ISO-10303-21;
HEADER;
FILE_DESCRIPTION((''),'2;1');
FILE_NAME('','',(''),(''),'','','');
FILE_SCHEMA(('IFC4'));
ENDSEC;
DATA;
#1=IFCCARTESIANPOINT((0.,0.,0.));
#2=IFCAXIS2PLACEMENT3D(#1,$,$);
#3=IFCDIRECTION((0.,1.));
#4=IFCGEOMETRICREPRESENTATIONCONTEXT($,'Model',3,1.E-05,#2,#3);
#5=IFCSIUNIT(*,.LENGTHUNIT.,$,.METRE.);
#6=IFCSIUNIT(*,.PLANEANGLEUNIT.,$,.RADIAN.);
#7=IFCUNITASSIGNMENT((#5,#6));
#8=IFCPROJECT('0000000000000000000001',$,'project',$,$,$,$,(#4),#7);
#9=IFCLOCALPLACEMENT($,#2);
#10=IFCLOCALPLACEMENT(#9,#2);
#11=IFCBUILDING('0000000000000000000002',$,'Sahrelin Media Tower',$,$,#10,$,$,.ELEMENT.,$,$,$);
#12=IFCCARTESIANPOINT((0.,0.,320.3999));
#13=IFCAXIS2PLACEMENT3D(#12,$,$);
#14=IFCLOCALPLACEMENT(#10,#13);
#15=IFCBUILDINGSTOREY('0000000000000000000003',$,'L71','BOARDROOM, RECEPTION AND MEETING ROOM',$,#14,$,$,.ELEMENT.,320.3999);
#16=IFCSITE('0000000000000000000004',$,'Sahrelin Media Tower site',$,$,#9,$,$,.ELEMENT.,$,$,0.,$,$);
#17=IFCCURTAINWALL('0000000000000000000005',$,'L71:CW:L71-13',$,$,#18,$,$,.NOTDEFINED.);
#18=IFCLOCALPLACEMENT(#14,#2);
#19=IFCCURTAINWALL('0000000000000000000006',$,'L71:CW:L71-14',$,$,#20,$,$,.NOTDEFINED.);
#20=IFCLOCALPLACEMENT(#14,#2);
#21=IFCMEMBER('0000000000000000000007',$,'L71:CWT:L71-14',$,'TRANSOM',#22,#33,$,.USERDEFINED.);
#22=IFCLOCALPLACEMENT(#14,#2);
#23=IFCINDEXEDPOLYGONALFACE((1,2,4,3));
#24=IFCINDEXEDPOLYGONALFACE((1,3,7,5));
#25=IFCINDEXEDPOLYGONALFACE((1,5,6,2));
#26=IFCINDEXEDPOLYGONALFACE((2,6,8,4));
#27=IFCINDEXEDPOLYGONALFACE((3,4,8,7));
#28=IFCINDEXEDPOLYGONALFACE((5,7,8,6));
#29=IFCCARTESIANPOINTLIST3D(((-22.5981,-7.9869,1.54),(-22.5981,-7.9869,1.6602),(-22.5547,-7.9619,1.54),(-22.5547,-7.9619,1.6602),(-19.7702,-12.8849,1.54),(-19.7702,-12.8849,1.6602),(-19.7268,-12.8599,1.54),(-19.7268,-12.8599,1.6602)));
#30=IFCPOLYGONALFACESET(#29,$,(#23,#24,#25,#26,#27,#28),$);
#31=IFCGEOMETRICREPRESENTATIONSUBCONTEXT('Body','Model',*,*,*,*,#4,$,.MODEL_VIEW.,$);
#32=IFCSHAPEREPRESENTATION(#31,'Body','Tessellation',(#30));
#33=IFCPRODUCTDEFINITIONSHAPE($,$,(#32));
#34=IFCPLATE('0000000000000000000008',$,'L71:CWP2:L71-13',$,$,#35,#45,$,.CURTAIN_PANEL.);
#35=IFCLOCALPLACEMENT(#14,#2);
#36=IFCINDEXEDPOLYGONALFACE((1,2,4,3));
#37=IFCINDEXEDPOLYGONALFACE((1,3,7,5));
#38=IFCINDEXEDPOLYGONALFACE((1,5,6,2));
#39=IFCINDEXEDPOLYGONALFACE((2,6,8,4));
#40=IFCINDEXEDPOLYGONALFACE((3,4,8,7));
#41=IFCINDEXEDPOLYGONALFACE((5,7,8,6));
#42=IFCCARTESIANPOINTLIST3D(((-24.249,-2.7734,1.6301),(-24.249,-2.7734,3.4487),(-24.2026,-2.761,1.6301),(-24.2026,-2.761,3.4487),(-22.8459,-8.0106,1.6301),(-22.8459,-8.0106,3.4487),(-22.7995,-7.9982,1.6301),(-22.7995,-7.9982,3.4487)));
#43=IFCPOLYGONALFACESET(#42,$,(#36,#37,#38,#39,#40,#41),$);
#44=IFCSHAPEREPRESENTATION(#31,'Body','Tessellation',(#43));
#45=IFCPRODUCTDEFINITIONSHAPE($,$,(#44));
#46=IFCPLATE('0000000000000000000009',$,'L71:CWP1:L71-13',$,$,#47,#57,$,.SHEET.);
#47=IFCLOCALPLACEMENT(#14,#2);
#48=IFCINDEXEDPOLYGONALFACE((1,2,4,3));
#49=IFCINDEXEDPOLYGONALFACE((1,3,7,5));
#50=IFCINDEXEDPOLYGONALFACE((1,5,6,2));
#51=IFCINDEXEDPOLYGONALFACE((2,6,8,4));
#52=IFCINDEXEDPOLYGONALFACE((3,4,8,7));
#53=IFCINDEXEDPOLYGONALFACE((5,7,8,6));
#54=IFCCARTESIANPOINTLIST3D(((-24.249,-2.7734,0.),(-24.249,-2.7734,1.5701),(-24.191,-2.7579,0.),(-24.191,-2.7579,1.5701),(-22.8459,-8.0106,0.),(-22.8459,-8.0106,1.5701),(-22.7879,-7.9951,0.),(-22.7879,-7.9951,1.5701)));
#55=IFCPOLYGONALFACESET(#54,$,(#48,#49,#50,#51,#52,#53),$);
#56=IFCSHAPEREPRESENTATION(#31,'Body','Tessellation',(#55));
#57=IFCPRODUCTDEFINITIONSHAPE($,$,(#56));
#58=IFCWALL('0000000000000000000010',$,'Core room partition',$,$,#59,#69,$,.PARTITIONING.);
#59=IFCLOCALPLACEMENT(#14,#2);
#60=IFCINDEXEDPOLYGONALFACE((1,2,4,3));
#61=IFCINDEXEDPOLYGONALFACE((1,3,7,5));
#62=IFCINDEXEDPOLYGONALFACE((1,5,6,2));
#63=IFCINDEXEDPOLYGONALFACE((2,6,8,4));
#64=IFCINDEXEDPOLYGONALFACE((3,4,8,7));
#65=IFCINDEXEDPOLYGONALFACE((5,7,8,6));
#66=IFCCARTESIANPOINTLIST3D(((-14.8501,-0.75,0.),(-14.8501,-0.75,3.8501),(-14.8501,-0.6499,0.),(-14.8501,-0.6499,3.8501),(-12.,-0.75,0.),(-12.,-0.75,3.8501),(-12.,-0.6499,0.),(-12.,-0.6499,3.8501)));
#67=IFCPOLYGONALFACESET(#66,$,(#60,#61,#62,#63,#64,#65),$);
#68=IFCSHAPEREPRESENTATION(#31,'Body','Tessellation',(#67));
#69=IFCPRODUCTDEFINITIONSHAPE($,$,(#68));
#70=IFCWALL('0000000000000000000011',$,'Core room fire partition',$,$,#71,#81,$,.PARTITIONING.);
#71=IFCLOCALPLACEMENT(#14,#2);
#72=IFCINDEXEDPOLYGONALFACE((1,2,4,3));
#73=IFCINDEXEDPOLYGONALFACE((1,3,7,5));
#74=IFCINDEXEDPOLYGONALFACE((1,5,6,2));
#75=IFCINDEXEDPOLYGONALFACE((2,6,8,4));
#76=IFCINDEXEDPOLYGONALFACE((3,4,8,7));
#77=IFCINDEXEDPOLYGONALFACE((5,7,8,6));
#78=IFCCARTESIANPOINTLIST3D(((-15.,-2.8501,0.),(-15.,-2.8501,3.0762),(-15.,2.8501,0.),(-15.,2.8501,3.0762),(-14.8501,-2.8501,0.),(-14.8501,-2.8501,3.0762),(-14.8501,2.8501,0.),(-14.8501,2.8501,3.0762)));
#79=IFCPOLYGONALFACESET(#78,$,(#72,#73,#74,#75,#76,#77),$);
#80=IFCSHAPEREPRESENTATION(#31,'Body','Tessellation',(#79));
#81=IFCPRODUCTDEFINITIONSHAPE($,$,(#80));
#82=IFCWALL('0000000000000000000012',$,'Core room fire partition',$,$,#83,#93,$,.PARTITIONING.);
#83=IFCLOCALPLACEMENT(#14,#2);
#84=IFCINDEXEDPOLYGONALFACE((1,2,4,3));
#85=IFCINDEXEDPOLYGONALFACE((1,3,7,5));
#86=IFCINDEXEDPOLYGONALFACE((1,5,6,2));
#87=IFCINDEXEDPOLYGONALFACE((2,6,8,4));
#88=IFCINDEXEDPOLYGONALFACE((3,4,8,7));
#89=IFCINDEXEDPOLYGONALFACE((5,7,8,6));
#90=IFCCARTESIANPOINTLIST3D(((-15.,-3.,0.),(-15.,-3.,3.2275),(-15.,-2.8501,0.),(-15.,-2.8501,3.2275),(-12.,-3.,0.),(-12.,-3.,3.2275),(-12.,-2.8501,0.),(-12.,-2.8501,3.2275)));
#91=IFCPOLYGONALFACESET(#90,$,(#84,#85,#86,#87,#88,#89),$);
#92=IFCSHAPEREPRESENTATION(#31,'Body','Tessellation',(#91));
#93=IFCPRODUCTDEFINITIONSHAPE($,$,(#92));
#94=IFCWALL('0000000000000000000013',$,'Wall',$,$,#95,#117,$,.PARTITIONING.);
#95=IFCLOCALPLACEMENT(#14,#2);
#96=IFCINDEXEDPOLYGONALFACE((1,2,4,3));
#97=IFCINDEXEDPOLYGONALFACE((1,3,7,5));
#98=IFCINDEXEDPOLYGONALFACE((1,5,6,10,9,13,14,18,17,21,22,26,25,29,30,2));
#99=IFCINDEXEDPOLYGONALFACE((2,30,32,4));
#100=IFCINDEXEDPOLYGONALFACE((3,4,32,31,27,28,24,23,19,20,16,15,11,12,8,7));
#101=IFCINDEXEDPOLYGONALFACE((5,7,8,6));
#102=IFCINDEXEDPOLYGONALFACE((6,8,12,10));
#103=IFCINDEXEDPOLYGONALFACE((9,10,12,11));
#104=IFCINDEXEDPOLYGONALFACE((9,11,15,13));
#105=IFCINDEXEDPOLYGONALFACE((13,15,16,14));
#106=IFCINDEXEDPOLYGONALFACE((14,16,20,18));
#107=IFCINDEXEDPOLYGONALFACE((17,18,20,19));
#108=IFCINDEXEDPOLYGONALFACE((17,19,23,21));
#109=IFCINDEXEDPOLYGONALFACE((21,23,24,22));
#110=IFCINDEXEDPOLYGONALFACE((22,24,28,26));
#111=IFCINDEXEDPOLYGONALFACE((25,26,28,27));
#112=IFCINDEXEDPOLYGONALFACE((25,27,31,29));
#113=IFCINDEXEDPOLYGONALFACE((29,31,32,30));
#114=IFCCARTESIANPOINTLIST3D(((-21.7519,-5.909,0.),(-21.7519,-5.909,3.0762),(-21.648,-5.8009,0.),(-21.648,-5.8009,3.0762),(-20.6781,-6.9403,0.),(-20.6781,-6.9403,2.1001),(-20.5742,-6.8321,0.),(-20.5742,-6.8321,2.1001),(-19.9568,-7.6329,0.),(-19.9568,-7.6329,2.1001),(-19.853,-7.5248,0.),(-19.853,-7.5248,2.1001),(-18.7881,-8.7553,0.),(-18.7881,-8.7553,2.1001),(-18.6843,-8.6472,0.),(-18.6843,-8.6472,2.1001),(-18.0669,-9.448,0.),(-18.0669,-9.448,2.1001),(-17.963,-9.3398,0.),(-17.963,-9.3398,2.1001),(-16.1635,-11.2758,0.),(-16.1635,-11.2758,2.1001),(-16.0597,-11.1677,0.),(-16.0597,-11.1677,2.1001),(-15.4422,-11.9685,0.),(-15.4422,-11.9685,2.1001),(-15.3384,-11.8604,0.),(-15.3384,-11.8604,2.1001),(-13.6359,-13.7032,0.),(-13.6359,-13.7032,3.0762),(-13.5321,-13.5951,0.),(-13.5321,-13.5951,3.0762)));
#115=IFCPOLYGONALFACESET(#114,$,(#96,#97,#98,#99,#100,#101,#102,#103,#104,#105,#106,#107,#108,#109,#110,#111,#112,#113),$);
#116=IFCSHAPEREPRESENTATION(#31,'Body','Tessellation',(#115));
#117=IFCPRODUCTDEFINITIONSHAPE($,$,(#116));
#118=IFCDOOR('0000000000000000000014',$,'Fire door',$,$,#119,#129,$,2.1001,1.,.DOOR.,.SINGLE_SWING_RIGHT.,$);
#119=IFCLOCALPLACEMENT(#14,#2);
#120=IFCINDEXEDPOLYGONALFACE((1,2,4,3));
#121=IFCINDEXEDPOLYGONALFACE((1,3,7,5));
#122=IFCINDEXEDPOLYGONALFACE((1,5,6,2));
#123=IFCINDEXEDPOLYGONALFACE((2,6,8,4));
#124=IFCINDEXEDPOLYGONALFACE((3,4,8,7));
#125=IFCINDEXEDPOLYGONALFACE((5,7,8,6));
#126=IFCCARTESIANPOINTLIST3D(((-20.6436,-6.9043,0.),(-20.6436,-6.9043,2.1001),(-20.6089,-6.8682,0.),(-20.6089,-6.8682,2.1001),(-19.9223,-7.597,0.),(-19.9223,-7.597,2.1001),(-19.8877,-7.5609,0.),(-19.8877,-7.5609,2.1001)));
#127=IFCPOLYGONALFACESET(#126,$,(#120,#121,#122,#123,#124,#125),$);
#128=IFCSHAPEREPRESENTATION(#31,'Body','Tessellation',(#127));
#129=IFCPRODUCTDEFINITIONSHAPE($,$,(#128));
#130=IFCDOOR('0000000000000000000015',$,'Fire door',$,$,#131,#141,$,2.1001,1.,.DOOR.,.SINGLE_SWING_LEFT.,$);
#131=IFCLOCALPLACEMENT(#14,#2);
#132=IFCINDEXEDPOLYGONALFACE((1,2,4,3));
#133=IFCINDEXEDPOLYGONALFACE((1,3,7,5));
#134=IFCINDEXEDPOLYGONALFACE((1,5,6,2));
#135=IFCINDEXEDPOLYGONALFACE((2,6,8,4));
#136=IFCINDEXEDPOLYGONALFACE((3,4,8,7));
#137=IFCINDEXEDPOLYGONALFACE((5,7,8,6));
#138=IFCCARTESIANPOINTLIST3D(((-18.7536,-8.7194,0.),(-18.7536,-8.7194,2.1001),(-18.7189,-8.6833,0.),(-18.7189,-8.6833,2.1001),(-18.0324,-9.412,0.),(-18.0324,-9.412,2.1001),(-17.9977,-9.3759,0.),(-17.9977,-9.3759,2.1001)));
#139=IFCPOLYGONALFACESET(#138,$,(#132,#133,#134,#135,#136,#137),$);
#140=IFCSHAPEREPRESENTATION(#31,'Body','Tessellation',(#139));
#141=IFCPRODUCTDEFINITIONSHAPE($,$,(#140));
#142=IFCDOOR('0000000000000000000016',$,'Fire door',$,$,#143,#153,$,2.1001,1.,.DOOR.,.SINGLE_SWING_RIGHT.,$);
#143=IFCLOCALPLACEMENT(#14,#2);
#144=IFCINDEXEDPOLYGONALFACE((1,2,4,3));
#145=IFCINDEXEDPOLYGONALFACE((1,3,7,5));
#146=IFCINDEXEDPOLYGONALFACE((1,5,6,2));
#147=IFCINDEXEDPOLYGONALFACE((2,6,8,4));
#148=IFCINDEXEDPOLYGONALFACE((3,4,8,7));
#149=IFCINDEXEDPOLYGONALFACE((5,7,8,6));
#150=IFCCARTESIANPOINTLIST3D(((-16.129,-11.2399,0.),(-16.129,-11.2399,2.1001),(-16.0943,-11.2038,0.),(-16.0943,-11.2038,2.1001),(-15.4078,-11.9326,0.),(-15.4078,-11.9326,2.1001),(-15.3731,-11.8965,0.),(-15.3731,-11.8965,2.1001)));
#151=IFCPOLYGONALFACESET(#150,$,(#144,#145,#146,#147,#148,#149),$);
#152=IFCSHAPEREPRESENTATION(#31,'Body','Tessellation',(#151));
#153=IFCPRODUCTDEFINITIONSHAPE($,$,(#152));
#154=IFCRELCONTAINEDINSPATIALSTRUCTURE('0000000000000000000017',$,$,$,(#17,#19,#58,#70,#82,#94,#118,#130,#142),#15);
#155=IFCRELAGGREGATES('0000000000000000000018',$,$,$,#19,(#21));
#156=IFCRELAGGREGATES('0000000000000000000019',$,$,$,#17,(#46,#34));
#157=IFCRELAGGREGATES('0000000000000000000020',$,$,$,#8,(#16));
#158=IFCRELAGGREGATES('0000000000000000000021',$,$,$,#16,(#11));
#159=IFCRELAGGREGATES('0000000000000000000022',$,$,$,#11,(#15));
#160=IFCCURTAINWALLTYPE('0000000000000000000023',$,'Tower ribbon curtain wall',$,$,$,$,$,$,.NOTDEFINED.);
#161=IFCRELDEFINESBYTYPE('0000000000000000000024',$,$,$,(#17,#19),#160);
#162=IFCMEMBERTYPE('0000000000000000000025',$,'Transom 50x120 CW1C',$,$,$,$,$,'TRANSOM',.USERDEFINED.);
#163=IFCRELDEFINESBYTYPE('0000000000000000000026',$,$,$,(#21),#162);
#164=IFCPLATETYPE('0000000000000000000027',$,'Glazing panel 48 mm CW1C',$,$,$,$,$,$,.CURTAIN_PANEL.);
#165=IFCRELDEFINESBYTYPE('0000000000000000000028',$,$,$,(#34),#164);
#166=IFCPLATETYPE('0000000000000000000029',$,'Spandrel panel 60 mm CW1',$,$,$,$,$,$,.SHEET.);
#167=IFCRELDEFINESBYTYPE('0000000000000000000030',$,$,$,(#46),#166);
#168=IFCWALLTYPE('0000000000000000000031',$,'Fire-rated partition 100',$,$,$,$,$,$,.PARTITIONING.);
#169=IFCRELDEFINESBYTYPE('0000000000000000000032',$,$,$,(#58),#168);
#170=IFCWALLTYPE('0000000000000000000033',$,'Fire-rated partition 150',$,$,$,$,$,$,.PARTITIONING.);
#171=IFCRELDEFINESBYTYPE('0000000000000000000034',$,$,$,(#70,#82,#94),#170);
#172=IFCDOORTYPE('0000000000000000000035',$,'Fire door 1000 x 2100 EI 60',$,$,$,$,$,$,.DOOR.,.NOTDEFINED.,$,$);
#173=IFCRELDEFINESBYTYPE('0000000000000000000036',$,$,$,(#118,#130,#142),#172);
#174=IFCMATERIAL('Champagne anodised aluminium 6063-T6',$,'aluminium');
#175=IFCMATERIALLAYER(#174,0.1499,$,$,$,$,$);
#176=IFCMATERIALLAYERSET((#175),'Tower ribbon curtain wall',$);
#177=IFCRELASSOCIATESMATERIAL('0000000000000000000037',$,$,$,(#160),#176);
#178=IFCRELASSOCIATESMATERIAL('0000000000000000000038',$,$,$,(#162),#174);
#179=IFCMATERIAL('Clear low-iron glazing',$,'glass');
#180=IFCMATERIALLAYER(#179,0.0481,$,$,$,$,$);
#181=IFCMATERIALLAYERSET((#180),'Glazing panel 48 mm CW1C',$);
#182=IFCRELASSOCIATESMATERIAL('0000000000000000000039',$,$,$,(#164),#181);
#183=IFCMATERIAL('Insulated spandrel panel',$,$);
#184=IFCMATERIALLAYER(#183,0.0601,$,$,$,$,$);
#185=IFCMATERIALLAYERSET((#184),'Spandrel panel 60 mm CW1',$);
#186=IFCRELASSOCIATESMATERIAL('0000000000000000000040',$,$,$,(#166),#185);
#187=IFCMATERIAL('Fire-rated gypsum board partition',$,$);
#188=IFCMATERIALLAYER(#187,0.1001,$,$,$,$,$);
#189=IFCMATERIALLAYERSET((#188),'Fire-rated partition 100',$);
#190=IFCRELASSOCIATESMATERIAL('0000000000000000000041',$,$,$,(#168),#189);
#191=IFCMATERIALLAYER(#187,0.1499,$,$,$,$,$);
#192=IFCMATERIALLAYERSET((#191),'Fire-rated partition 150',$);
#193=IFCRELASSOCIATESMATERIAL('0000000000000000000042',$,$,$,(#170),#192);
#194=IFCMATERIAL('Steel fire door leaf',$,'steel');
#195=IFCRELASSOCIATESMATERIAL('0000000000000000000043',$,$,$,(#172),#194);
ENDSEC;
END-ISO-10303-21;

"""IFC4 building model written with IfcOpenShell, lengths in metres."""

from ifc_helpers import new_model, si_unit, direction, frame, frame_2d, origin, origin_2d, place, context, subcontext, project, spatial, polyline, rectangle, outline, extrude, material, layer, layer_set, material_profile, profile_set, type_object, element, fill, aggregate, save


model = new_model("IFC4")

# Units and contexts
model_context = context("Model", 3, precision=1e-05, world=origin(), true_north=direction((0.0, 1.0)))
body_context = subcontext(model_context, "Body", "Model", "MODEL_VIEW")
ifc_project = project(units=[si_unit("LENGTHUNIT", "METRE"), si_unit("PLANEANGLEUNIT", "RADIAN")], contexts=[model_context])

# Site, building, storey
site_placement = place(None, origin())
site = spatial("IfcSite", under=ifc_project, at=site_placement, Name="Sahrelin Media Tower site", CompositionType="ELEMENT", RefElevation=0.0)
building_placement = place(site_placement, origin())
building = spatial("IfcBuilding", under=site, at=building_placement, Name="Sahrelin Media Tower", CompositionType="ELEMENT")
storey_placement = place(building_placement, frame((0.0, 0.0, 320.3999)))
storey = spatial("IfcBuildingStorey", under=building, at=storey_placement, Name="L71", Description="BOARDROOM, RECEPTION AND MEETING ROOM", CompositionType="ELEMENT", Elevation=320.3999)

# Curtain wall
ifc_material_1 = material(Name="Champagne anodised aluminium 6063-T6", Category="aluminium")
ifc_layer_1 = layer(ifc_material_1, 0.1499)
ifc_layer_set_1 = layer_set([ifc_layer_1], Name="Tower ribbon curtain wall")
curtain_wall_type = type_object("IfcCurtainWallType", Name="Tower ribbon curtain wall", PredefinedType="NOTDEFINED", material=ifc_layer_set_1)
curtain_wall_1_placement = place(storey_placement, frame((-23.5283, -5.3867, 0.0), z_axis=(0.0, 0.0, 1.0), x_axis=(1.0, 0.0, 0.0)))
curtain_wall_1 = element("IfcCurtainWall", 1, at=curtain_wall_1_placement, inside=storey, type_object=curtain_wall_type, Name="L71:CW:L71-13", PredefinedType="NOTDEFINED")

# Shared definitions
ifc_material_profile_1 = material_profile(ifc_material_1, rectangle(XDim=0.05, YDim=0.1201, at=origin_2d()), Name="Transom 50x120")
ifc_profile_set_1 = profile_set([ifc_material_profile_1], Name="Champagne anodised aluminium 6063-T6")
member_type_1 = type_object("IfcMemberType", Name="Transom 50x120 CW1C", ElementType="TRANSOM", PredefinedType="USERDEFINED", material=ifc_profile_set_1)

# Curtain wall, member
curtain_wall_2_placement = place(storey_placement, frame((-21.3745, -10.5459, 0.0), z_axis=(0.0, 0.0, 1.0), x_axis=(1.0, 0.0, 0.0)))
curtain_wall_2 = element("IfcCurtainWall", 2, at=curtain_wall_2_placement, inside=storey, type_object=curtain_wall_type, Name="L71:CW:L71-14", PredefinedType="NOTDEFINED")
member_1_placement = place(storey_placement, frame((-22.5764, -7.9744, 1.6001), z_axis=(0.500006, -0.866022, 0.0), x_axis=(0.866022, 0.500006, 0.0)))
member_1 = element("IfcMember", 3, at=member_1_placement, type_object=member_type_1, Name="L71:CWT:L71-14", ObjectType="TRANSOM", PredefinedType="USERDEFINED", context=body_context, shape_type="SweptSolid", body=[
    extrude(rectangle(XDim=0.05, YDim=0.1201, at=origin_2d()), origin(), (0.0, 0.0, 1.0), 5.6558),
])
aggregate(curtain_wall_2, [member_1])

# Plates
ifc_material_2 = material(Name="Clear low-iron glazing", Category="glass")
ifc_layer_2 = layer(ifc_material_2, 0.0481)
ifc_layer_set_2 = layer_set([ifc_layer_2], Name="Glazing panel 48 mm CW1C")
plate_type_1 = type_object("IfcPlateType", Name="Glazing panel 48 mm CW1C", PredefinedType="CURTAIN_PANEL", material=ifc_layer_set_2)
plate_1_placement = place(storey_placement, frame((-24.249, -2.7734, 1.6301), z_axis=(-0.965935, -0.258786, 0.0), x_axis=(0.258786, -0.965935, 0.0)))
plate_1 = element("IfcPlate", 4, at=plate_1_placement, type_object=plate_type_1, Name="L71:CWP2:L71-13", PredefinedType="CURTAIN_PANEL", context=body_context, shape_type="SweptSolid", body=[
    extrude(outline(polyline([(0.0, 0.0), (5.4219, 0.0), (5.4219, 1.8186), (0.0, 1.8186), (0.0, 0.0)])), origin(), (0.0, 0.0, -1.0), 0.0481),
])
ifc_material_3 = material(Name="Insulated spandrel panel")
ifc_layer_3 = layer(ifc_material_3, 0.0601)
ifc_layer_set_3 = layer_set([ifc_layer_3], Name="Spandrel panel 60 mm CW1")
plate_type_2 = type_object("IfcPlateType", Name="Spandrel panel 60 mm CW1", PredefinedType="SHEET", material=ifc_layer_set_3)
plate_2_placement = place(storey_placement, frame((-24.249, -2.7734, 0.0), z_axis=(-0.965935, -0.258786, 0.0), x_axis=(0.258786, -0.965935, 0.0)))
plate_2 = element("IfcPlate", 5, at=plate_2_placement, type_object=plate_type_2, Name="L71:CWP1:L71-13", PredefinedType="SHEET", context=body_context, shape_type="SweptSolid", body=[
    extrude(outline(polyline([(0.0, 0.0), (5.4219, 0.0), (5.4219, 1.5701), (0.0, 1.5701), (0.0, 0.0)])), origin(), (0.0, 0.0, -1.0), 0.0601),
])
aggregate(curtain_wall_1, [plate_2, plate_1])

# Walls
ifc_material_4 = material(Name="Fire-rated gypsum board partition")
ifc_layer_4 = layer(ifc_material_4, 0.1001)
ifc_layer_set_4 = layer_set([ifc_layer_4], Name="Fire-rated partition 100")
wall_type_1 = type_object("IfcWallType", Name="Fire-rated partition 100", PredefinedType="PARTITIONING", material=ifc_layer_set_4)
wall_1_placement = place(storey_placement, frame((-14.8501, -0.7, 0.0), z_axis=(0.0, 0.0, 1.0), x_axis=(1.0, 0.0, 0.0)))
element("IfcWall", 6, at=wall_1_placement, inside=storey, type_object=wall_type_1, Name="Core room partition", PredefinedType="PARTITIONING", context=body_context, shape_type="SweptSolid", body=[
    extrude(rectangle(XDim=2.8501, YDim=0.1001, at=frame_2d((1.425, 0.0))), origin(), (0.0, 0.0, 1.0), 3.8501),
])
ifc_layer_5 = layer(ifc_material_4, 0.1499)
ifc_layer_set_5 = layer_set([ifc_layer_5], Name="Fire-rated partition 150")
wall_type_2 = type_object("IfcWallType", Name="Fire-rated partition 150", PredefinedType="PARTITIONING", material=ifc_layer_set_5)
wall_2_placement = place(storey_placement, frame((-14.925, -2.8501, 0.0), z_axis=(0.0, 0.0, 1.0), x_axis=(0.0, 1.0, 0.0)))
element("IfcWall", 7, at=wall_2_placement, inside=storey, type_object=wall_type_2, Name="Core room fire partition", PredefinedType="PARTITIONING", context=body_context, shape_type="SweptSolid", body=[
    extrude(rectangle(XDim=5.7002, YDim=0.1499, at=frame_2d((2.8501, 0.0))), origin(), (0.0, 0.0, 1.0), 3.0762),
])
wall_3_placement = place(storey_placement, frame((-15.0, -2.925, 0.0), z_axis=(0.0, 0.0, 1.0), x_axis=(1.0, 0.0, 0.0)))
element("IfcWall", 8, at=wall_3_placement, inside=storey, type_object=wall_type_2, Name="Core room fire partition", PredefinedType="PARTITIONING", context=body_context, shape_type="SweptSolid", body=[
    extrude(rectangle(XDim=3.0, YDim=0.1499, at=frame_2d((1.5, 0.0))), origin(), (0.0, 0.0, 1.0), 3.2275),
])

# Wall, openings, doors
wall_4_placement = place(storey_placement, frame((-21.7, -5.855, 0.0), z_axis=(0.0, 0.0, 1.0), x_axis=(0.72126, -0.692664, 0.0)))
wall_4 = element("IfcWall", 9, at=wall_4_placement, inside=storey, type_object=wall_type_2, Name="Wall", PredefinedType="PARTITIONING", context=body_context, shape_type="SweptSolid", body=[
    extrude(rectangle(XDim=11.2524, YDim=0.1499, at=frame_2d((5.6262, 0.0))), origin(), (0.0, 0.0, 1.0), 3.0762),
])
opening_1_placement = place(wall_4_placement, frame((1.4888, 0.0, 0.0)))
opening_1 = element("IfcOpeningElement", 10, at=opening_1_placement, cuts=wall_4, PredefinedType="OPENING", context=body_context, shape_type="SweptSolid", body=[
    extrude(rectangle(XDim=1.0, YDim=2.1001, at=frame_2d((0.5, 1.05))), frame((0.0, 0.075, 0.0), z_axis=(0.0, -1.0, 0.0), x_axis=(1.0, 0.0, 0.0)), (0.0, 0.0, 1.0), 0.1499),
])
opening_2_placement = place(wall_4_placement, frame((4.1091, 0.0, 0.0)))
opening_2 = element("IfcOpeningElement", 11, at=opening_2_placement, cuts=wall_4, PredefinedType="OPENING", context=body_context, shape_type="SweptSolid", body=[
    extrude(rectangle(XDim=1.0, YDim=2.1001, at=frame_2d((0.5, 1.05))), frame((0.0, 0.075, 0.0), z_axis=(0.0, -1.0, 0.0), x_axis=(1.0, 0.0, 0.0)), (0.0, 0.0, 1.0), 0.1499),
])
opening_3_placement = place(wall_4_placement, frame((7.748, 0.0, 0.0)))
opening_3 = element("IfcOpeningElement", 12, at=opening_3_placement, cuts=wall_4, PredefinedType="OPENING", context=body_context, shape_type="SweptSolid", body=[
    extrude(rectangle(XDim=1.0, YDim=2.1001, at=frame_2d((0.5, 1.05))), frame((0.0, 0.075, 0.0), z_axis=(0.0, -1.0, 0.0), x_axis=(1.0, 0.0, 0.0)), (0.0, 0.0, 1.0), 0.1499),
])
ifc_material_5 = material(Name="Steel fire door leaf", Category="steel")
door_type = type_object("IfcDoorType", Name="Fire door 1000 x 2100 EI 60", OperationType="NOTDEFINED", PredefinedType="DOOR", material=ifc_material_5)
door_1_placement = place(opening_1_placement, origin())
door_1 = element("IfcDoor", 13, at=door_1_placement, inside=storey, type_object=door_type, Name="Fire door", OperationType="SINGLE_SWING_RIGHT", OverallHeight=2.1001, OverallWidth=1.0, PredefinedType="DOOR", context=body_context, shape_type="SweptSolid", body=[
    extrude(rectangle(XDim=1.0, YDim=2.1001, at=frame_2d((0.5, 1.05))), frame((0.0, 0.0249, 0.0), z_axis=(0.0, -1.0, 0.0), x_axis=(1.0, 0.0, 0.0)), (0.0, 0.0, 1.0), 0.05),
])
fill(opening_1, door_1)
door_2_placement = place(opening_2_placement, origin())
door_2 = element("IfcDoor", 14, at=door_2_placement, inside=storey, type_object=door_type, Name="Fire door", OperationType="SINGLE_SWING_LEFT", OverallHeight=2.1001, OverallWidth=1.0, PredefinedType="DOOR", context=body_context, shape_type="SweptSolid", body=[
    extrude(rectangle(XDim=1.0, YDim=2.1001, at=frame_2d((0.5, 1.05))), frame((0.0, 0.0249, 0.0), z_axis=(0.0, -1.0, 0.0), x_axis=(1.0, 0.0, 0.0)), (0.0, 0.0, 1.0), 0.05),
])
fill(opening_2, door_2)
door_3_placement = place(opening_3_placement, origin())
door_3 = element("IfcDoor", 15, at=door_3_placement, inside=storey, type_object=door_type, Name="Fire door", OperationType="SINGLE_SWING_RIGHT", OverallHeight=2.1001, OverallWidth=1.0, PredefinedType="DOOR", context=body_context, shape_type="SweptSolid", body=[
    extrude(rectangle(XDim=1.0, YDim=2.1001, at=frame_2d((0.5, 1.05))), frame((0.0, 0.0249, 0.0), z_axis=(0.0, -1.0, 0.0), x_axis=(1.0, 0.0, 0.0)), (0.0, 0.0, 1.0), 0.05),
])
fill(opening_3, door_3)

save(model, "model.ifc")
